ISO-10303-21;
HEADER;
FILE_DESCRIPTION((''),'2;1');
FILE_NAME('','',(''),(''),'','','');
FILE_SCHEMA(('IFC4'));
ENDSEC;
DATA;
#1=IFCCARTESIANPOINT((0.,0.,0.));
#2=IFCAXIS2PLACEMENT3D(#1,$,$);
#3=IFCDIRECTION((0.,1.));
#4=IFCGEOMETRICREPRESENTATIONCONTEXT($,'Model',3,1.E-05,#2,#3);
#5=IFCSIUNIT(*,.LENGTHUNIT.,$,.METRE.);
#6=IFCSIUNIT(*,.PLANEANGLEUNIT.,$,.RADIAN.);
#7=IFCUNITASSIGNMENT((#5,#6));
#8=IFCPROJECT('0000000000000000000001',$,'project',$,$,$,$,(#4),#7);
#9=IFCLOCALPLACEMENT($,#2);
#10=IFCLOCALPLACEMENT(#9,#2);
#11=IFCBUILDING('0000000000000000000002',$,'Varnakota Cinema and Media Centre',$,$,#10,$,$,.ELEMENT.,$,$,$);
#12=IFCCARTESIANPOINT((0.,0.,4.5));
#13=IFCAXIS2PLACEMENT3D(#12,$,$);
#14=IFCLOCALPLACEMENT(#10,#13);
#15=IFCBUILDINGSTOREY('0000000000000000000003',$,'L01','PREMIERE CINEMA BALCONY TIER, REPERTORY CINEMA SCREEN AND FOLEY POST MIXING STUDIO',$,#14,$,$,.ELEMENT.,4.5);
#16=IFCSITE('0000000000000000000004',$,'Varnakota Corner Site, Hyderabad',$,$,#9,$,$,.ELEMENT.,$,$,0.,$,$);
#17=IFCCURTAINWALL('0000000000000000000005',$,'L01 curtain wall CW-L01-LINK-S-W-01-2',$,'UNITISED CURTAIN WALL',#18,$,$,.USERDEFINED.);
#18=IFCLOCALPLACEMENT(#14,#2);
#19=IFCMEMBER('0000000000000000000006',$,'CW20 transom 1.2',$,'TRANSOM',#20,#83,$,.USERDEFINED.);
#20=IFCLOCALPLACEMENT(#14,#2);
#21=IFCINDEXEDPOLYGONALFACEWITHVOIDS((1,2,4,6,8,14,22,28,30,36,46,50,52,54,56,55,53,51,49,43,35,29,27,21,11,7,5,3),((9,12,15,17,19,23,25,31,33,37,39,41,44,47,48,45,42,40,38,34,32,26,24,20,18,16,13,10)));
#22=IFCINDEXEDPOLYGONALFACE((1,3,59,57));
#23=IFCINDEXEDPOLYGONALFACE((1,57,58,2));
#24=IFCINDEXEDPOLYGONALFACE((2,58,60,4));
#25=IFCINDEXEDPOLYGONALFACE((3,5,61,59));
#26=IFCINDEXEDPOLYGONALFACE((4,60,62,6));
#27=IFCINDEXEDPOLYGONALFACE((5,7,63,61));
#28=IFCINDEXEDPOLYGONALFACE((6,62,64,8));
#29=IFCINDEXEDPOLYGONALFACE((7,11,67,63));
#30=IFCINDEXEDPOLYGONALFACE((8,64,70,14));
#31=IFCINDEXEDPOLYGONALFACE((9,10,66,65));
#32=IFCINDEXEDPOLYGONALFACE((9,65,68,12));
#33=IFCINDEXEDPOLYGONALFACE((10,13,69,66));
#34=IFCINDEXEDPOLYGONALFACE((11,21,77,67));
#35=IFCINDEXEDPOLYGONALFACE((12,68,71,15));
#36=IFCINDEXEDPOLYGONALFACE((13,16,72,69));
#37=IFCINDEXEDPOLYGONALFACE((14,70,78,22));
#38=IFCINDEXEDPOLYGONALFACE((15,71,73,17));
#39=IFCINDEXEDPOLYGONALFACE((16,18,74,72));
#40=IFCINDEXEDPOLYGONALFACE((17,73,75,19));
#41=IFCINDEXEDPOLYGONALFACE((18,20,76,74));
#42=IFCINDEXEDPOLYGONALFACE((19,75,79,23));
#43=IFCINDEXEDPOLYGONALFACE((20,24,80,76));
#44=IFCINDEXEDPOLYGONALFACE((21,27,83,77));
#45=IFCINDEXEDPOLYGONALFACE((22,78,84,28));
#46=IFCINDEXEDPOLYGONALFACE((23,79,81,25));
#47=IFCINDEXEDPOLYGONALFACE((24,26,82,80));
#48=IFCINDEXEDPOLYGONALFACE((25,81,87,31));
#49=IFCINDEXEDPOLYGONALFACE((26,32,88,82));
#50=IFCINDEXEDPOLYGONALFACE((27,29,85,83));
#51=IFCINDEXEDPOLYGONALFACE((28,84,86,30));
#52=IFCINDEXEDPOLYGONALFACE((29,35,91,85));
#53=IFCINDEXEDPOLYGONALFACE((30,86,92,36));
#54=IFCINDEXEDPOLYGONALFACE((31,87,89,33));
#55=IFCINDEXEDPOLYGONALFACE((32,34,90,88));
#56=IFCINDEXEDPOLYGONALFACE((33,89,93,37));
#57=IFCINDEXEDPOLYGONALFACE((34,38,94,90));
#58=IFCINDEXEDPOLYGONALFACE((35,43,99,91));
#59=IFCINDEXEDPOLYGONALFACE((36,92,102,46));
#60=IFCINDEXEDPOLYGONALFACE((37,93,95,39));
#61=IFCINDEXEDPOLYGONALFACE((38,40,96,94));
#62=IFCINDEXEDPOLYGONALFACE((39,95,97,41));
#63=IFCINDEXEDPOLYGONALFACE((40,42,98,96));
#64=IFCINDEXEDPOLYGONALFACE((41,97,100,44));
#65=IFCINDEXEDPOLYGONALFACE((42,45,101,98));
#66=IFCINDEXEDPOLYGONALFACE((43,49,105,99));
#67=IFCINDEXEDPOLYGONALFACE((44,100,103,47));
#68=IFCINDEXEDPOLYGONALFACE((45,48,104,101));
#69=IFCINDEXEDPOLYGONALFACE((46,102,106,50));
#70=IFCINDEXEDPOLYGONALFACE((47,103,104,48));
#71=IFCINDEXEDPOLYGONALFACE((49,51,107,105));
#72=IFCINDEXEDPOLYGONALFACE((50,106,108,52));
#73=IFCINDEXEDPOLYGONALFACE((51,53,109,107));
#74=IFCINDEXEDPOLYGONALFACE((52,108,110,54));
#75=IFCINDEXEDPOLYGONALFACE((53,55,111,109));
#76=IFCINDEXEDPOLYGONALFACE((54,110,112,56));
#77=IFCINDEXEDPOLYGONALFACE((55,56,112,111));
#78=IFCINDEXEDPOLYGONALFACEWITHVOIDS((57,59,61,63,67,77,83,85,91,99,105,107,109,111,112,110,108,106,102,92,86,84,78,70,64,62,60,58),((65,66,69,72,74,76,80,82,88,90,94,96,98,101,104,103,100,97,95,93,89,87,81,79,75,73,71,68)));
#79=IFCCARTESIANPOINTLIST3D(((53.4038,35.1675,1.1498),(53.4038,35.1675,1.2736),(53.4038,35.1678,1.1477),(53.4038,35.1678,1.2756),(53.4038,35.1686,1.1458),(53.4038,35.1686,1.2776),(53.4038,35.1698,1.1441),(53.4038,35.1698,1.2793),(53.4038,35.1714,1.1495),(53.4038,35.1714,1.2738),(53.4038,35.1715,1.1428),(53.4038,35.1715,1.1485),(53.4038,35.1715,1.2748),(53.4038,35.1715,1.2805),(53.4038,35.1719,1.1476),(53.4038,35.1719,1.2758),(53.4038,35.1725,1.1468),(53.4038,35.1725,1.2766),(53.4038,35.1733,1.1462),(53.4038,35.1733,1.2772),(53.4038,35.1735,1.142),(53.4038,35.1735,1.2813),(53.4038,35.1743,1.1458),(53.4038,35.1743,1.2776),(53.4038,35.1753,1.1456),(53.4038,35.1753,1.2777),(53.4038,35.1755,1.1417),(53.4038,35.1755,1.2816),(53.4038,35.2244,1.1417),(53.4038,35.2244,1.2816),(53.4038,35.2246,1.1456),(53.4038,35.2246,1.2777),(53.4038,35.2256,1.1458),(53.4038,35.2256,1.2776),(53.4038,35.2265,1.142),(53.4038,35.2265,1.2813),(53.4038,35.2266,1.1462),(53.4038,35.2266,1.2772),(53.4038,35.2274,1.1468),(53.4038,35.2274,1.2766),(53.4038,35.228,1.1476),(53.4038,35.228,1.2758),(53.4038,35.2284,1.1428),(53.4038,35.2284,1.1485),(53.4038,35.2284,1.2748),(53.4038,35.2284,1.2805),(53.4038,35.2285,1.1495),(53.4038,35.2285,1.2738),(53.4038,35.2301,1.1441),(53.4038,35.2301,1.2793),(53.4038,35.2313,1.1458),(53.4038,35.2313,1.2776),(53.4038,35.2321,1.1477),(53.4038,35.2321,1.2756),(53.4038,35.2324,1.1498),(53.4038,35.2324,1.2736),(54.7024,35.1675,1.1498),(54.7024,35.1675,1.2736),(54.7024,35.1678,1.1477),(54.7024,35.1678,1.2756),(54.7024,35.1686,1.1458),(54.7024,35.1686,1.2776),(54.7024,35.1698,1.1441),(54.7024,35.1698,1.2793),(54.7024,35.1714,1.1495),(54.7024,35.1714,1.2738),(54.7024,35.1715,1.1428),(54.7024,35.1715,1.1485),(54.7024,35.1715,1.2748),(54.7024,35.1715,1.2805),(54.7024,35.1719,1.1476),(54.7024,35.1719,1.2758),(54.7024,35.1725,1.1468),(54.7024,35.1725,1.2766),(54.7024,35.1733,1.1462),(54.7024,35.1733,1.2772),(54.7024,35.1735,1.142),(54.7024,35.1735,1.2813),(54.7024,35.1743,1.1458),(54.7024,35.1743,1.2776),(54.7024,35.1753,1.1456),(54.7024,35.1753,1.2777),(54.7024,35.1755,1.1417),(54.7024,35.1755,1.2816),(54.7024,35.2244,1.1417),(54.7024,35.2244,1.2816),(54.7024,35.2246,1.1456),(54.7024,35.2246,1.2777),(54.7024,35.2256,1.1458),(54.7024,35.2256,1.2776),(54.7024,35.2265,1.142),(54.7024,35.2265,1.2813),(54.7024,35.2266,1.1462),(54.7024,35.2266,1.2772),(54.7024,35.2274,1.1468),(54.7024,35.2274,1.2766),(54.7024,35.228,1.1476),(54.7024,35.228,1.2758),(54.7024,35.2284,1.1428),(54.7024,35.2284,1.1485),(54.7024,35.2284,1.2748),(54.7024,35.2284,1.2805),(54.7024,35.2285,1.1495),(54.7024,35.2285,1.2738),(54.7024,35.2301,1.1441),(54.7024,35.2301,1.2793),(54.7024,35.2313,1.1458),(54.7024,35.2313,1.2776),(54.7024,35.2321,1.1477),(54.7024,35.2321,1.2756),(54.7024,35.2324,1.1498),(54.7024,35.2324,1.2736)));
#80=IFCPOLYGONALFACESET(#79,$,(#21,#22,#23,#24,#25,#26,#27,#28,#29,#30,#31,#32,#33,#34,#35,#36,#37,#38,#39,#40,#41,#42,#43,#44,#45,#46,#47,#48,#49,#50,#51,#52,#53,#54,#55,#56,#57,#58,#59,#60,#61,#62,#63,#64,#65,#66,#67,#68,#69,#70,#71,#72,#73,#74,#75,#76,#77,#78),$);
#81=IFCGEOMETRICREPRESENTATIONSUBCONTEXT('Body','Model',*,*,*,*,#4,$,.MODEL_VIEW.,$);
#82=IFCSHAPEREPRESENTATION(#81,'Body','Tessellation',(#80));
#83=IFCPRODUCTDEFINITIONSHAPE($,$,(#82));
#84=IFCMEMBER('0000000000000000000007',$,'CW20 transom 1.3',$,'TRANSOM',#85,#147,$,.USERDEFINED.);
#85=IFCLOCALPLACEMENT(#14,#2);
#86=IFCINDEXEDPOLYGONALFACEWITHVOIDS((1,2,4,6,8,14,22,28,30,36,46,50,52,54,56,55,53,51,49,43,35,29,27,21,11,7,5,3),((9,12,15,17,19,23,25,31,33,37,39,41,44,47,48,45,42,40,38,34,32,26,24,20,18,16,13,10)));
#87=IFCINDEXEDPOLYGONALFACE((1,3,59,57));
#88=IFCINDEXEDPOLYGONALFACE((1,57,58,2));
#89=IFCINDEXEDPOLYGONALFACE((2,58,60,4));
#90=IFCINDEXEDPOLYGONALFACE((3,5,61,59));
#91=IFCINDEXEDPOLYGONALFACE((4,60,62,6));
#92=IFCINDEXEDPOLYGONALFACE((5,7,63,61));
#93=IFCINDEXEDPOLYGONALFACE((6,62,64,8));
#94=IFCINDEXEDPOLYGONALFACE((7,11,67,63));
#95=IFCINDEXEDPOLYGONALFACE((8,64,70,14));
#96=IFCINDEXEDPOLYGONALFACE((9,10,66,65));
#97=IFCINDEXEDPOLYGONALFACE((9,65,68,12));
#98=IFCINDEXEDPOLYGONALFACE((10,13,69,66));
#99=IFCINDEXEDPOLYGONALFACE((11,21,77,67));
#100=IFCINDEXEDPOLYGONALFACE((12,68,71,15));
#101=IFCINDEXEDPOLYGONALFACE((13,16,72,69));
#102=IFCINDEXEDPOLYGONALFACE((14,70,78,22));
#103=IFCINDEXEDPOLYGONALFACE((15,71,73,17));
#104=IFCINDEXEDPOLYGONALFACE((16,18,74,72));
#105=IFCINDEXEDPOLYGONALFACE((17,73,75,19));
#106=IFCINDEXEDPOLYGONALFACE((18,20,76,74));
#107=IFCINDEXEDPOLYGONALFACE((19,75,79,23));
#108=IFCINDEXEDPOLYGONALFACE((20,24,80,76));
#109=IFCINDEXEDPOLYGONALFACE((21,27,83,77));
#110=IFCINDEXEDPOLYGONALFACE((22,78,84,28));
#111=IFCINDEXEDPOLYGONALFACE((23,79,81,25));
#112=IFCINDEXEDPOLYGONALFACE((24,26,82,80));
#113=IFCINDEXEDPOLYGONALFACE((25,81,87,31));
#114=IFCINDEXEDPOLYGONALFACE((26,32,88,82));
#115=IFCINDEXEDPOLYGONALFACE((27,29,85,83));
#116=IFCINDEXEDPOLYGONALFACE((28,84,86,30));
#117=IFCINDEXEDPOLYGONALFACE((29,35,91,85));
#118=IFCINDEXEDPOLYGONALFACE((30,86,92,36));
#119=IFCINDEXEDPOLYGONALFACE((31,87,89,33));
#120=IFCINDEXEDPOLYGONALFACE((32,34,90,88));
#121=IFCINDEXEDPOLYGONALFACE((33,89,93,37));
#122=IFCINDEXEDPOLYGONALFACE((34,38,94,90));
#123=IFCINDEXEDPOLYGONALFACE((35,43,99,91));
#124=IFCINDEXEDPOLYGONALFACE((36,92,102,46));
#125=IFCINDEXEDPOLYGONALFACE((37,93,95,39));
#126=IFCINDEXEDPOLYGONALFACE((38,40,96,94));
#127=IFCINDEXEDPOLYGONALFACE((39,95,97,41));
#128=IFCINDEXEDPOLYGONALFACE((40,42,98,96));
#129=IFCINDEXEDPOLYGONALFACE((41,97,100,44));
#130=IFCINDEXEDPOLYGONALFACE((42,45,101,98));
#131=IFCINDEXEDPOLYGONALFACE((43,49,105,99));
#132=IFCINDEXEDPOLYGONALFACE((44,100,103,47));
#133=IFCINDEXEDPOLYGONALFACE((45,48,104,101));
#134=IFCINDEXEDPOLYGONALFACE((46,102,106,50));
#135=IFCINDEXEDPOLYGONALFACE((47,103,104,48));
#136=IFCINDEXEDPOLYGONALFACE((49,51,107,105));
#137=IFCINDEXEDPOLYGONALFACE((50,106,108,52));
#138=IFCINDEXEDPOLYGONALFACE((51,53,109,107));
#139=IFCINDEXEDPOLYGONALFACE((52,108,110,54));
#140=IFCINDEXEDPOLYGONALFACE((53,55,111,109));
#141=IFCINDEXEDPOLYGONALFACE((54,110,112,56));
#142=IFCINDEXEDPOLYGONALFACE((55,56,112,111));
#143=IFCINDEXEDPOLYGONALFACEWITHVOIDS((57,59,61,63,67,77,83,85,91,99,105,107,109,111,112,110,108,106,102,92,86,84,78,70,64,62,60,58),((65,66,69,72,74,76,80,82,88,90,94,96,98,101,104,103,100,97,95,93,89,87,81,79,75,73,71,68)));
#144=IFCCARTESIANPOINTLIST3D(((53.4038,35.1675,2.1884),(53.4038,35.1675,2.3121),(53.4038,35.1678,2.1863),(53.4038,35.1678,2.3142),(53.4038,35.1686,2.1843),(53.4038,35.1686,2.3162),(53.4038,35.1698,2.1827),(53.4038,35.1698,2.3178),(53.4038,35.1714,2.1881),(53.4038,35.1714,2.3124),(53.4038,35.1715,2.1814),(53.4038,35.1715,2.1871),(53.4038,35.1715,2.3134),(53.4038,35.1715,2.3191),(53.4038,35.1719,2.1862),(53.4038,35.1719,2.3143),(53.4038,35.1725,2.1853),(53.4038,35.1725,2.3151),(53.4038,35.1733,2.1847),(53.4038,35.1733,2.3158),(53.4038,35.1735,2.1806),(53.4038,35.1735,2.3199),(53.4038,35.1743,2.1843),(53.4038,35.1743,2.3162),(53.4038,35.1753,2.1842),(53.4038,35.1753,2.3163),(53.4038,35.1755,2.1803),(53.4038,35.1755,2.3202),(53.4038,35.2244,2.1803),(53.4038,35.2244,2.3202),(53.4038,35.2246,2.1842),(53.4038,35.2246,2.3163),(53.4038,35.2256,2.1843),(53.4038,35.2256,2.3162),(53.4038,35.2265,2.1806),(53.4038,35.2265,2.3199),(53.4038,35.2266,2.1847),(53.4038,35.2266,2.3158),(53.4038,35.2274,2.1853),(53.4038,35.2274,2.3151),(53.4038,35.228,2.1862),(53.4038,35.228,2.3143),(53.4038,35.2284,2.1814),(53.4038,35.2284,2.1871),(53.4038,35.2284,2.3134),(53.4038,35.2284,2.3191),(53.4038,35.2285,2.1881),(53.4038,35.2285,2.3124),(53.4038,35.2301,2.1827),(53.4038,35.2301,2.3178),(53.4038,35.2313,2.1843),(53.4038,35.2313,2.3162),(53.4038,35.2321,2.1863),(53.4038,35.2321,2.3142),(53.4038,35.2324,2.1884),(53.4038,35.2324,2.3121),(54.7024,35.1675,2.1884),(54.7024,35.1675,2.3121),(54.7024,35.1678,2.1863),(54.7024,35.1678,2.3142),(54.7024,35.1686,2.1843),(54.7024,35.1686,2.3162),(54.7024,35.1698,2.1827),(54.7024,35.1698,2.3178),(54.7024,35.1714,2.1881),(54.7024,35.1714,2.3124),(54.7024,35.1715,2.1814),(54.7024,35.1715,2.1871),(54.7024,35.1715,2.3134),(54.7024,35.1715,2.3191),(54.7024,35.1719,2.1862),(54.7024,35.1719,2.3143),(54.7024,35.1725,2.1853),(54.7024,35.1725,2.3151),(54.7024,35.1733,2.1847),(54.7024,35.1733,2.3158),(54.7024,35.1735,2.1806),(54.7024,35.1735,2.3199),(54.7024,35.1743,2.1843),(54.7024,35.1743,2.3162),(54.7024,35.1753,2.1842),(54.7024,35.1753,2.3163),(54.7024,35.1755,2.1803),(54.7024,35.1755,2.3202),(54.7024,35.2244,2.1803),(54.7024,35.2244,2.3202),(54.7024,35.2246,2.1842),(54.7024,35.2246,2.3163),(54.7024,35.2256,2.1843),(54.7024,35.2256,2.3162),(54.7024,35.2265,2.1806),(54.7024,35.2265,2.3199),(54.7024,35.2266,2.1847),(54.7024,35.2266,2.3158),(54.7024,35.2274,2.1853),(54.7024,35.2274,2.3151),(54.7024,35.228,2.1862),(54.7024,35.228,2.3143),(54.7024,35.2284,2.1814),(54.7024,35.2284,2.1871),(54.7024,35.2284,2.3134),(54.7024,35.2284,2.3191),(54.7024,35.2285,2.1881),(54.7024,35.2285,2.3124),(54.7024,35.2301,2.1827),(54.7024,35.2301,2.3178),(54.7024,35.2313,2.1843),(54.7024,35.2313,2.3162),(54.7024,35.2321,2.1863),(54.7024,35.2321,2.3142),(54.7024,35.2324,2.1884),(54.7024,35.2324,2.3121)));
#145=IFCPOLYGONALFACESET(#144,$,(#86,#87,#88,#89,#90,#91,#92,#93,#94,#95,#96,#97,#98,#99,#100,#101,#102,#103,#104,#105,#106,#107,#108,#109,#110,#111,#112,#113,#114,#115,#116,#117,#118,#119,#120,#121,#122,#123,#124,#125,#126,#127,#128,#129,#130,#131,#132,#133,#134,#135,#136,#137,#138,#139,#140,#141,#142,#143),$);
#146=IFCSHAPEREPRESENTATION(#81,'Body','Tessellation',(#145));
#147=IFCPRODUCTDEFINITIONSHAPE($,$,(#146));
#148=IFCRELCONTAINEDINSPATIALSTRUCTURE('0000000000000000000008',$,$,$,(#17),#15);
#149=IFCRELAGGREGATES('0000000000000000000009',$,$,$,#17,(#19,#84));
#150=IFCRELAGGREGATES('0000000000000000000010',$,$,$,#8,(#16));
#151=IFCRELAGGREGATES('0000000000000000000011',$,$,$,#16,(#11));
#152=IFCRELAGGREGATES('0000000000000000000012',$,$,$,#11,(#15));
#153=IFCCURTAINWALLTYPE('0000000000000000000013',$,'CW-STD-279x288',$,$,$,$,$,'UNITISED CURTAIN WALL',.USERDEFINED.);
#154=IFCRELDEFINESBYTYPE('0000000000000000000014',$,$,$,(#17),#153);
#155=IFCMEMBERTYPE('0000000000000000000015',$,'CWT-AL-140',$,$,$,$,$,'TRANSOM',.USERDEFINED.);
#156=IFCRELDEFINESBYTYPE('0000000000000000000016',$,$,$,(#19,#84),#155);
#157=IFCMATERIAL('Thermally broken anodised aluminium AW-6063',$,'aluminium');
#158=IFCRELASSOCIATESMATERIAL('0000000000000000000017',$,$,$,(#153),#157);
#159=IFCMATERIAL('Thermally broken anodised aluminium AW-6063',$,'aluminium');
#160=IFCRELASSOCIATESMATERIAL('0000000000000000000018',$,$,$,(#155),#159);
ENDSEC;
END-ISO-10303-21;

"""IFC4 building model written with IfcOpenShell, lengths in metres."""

from ifc_helpers import new_model, si_unit, direction, frame, origin, origin_2d, place, context, subcontext, project, spatial, hollow_rectangle, extrude, material, material_profile, profile_set, type_object, element, aggregate, save


model = new_model("IFC4")

# Units and contexts
model_context = context("Model", 3, precision=1e-05, world=origin(), true_north=direction((0.0, 1.0)))
body_context = subcontext(model_context, "Body", "Model", "MODEL_VIEW")
ifc_project = project(units=[si_unit("LENGTHUNIT", "METRE"), si_unit("PLANEANGLEUNIT", "RADIAN")], contexts=[model_context])

# Site, building, storey
site_placement = place(None, origin())
site = spatial("IfcSite", under=ifc_project, at=site_placement, Name="Varnakota Corner Site, Hyderabad", CompositionType="ELEMENT", RefElevation=0.0)
building_placement = place(site_placement, origin())
building = spatial("IfcBuilding", under=site, at=building_placement, Name="Varnakota Cinema and Media Centre", CompositionType="ELEMENT")
storey_placement = place(building_placement, frame((0.0, 0.0, 4.5)))
storey = spatial("IfcBuildingStorey", under=building, at=storey_placement, Name="L01", Description="PREMIERE CINEMA BALCONY TIER, REPERTORY CINEMA SCREEN AND FOLEY POST MIXING STUDIO", CompositionType="ELEMENT", Elevation=4.5)

# Curtain wall
ifc_material_1 = material(Name="Thermally broken anodised aluminium AW-6063", Category="aluminium")
curtain_wall_type_1 = type_object("IfcCurtainWallType", Name="CW-STD-279x288", ElementType="UNITISED CURTAIN WALL", PredefinedType="USERDEFINED", material=ifc_material_1)
curtain_wall_1_placement = place(storey_placement, origin())
curtain_wall_1 = element("IfcCurtainWall", 1, at=curtain_wall_1_placement, inside=storey, type_object=curtain_wall_type_1, Name="L01 curtain wall CW-L01-LINK-S-W-01-2", ObjectType="UNITISED CURTAIN WALL", PredefinedType="USERDEFINED")

# Members
ifc_material_2 = material(Name="Thermally broken anodised aluminium AW-6063", Category="aluminium")
ifc_material_profile_1 = material_profile(ifc_material_2, hollow_rectangle(XDim=0.0649, YDim=0.1399, WallThickness=0.0039, InnerFilletRadius=0.0039, OuterFilletRadius=0.0081, at=origin_2d()), Name="AL-TRANSOM 140x65x4")
ifc_profile_set_1 = profile_set([ifc_material_profile_1], Name="Thermally broken anodised aluminium AW-6063")
member_type_1 = type_object("IfcMemberType", Name="CWT-AL-140", ElementType="TRANSOM", PredefinedType="USERDEFINED", material=ifc_profile_set_1)
member_1_placement = place(storey_placement, frame((54.7024, 35.2, 1.2117), z_axis=(-1.0, 0.0, 0.0), x_axis=(0.0, -1.0, 0.0)))
member_1 = element("IfcMember", 2, at=member_1_placement, type_object=member_type_1, Name="CW20 transom 1.2", ObjectType="TRANSOM", PredefinedType="USERDEFINED", context=body_context, shape_type="SweptSolid", body=[
    extrude(hollow_rectangle(XDim=0.0649, YDim=0.1399, WallThickness=0.0039, InnerFilletRadius=0.0039, OuterFilletRadius=0.0081, at=origin_2d()), origin(), (0.0, 0.0, 1.0), 1.2986),
])
member_2_placement = place(storey_placement, frame((54.7024, 35.2, 2.2502), z_axis=(-1.0, 0.0, 0.0), x_axis=(0.0, -1.0, 0.0)))
member_2 = element("IfcMember", 3, at=member_2_placement, type_object=member_type_1, Name="CW20 transom 1.3", ObjectType="TRANSOM", PredefinedType="USERDEFINED", context=body_context, shape_type="SweptSolid", body=[
    extrude(hollow_rectangle(XDim=0.0649, YDim=0.1399, WallThickness=0.0039, InnerFilletRadius=0.0039, OuterFilletRadius=0.0081, at=origin_2d()), origin(), (0.0, 0.0, 1.0), 1.2986),
])

aggregate(curtain_wall_1, [member_1, member_2])

save(model, "model.ifc")
